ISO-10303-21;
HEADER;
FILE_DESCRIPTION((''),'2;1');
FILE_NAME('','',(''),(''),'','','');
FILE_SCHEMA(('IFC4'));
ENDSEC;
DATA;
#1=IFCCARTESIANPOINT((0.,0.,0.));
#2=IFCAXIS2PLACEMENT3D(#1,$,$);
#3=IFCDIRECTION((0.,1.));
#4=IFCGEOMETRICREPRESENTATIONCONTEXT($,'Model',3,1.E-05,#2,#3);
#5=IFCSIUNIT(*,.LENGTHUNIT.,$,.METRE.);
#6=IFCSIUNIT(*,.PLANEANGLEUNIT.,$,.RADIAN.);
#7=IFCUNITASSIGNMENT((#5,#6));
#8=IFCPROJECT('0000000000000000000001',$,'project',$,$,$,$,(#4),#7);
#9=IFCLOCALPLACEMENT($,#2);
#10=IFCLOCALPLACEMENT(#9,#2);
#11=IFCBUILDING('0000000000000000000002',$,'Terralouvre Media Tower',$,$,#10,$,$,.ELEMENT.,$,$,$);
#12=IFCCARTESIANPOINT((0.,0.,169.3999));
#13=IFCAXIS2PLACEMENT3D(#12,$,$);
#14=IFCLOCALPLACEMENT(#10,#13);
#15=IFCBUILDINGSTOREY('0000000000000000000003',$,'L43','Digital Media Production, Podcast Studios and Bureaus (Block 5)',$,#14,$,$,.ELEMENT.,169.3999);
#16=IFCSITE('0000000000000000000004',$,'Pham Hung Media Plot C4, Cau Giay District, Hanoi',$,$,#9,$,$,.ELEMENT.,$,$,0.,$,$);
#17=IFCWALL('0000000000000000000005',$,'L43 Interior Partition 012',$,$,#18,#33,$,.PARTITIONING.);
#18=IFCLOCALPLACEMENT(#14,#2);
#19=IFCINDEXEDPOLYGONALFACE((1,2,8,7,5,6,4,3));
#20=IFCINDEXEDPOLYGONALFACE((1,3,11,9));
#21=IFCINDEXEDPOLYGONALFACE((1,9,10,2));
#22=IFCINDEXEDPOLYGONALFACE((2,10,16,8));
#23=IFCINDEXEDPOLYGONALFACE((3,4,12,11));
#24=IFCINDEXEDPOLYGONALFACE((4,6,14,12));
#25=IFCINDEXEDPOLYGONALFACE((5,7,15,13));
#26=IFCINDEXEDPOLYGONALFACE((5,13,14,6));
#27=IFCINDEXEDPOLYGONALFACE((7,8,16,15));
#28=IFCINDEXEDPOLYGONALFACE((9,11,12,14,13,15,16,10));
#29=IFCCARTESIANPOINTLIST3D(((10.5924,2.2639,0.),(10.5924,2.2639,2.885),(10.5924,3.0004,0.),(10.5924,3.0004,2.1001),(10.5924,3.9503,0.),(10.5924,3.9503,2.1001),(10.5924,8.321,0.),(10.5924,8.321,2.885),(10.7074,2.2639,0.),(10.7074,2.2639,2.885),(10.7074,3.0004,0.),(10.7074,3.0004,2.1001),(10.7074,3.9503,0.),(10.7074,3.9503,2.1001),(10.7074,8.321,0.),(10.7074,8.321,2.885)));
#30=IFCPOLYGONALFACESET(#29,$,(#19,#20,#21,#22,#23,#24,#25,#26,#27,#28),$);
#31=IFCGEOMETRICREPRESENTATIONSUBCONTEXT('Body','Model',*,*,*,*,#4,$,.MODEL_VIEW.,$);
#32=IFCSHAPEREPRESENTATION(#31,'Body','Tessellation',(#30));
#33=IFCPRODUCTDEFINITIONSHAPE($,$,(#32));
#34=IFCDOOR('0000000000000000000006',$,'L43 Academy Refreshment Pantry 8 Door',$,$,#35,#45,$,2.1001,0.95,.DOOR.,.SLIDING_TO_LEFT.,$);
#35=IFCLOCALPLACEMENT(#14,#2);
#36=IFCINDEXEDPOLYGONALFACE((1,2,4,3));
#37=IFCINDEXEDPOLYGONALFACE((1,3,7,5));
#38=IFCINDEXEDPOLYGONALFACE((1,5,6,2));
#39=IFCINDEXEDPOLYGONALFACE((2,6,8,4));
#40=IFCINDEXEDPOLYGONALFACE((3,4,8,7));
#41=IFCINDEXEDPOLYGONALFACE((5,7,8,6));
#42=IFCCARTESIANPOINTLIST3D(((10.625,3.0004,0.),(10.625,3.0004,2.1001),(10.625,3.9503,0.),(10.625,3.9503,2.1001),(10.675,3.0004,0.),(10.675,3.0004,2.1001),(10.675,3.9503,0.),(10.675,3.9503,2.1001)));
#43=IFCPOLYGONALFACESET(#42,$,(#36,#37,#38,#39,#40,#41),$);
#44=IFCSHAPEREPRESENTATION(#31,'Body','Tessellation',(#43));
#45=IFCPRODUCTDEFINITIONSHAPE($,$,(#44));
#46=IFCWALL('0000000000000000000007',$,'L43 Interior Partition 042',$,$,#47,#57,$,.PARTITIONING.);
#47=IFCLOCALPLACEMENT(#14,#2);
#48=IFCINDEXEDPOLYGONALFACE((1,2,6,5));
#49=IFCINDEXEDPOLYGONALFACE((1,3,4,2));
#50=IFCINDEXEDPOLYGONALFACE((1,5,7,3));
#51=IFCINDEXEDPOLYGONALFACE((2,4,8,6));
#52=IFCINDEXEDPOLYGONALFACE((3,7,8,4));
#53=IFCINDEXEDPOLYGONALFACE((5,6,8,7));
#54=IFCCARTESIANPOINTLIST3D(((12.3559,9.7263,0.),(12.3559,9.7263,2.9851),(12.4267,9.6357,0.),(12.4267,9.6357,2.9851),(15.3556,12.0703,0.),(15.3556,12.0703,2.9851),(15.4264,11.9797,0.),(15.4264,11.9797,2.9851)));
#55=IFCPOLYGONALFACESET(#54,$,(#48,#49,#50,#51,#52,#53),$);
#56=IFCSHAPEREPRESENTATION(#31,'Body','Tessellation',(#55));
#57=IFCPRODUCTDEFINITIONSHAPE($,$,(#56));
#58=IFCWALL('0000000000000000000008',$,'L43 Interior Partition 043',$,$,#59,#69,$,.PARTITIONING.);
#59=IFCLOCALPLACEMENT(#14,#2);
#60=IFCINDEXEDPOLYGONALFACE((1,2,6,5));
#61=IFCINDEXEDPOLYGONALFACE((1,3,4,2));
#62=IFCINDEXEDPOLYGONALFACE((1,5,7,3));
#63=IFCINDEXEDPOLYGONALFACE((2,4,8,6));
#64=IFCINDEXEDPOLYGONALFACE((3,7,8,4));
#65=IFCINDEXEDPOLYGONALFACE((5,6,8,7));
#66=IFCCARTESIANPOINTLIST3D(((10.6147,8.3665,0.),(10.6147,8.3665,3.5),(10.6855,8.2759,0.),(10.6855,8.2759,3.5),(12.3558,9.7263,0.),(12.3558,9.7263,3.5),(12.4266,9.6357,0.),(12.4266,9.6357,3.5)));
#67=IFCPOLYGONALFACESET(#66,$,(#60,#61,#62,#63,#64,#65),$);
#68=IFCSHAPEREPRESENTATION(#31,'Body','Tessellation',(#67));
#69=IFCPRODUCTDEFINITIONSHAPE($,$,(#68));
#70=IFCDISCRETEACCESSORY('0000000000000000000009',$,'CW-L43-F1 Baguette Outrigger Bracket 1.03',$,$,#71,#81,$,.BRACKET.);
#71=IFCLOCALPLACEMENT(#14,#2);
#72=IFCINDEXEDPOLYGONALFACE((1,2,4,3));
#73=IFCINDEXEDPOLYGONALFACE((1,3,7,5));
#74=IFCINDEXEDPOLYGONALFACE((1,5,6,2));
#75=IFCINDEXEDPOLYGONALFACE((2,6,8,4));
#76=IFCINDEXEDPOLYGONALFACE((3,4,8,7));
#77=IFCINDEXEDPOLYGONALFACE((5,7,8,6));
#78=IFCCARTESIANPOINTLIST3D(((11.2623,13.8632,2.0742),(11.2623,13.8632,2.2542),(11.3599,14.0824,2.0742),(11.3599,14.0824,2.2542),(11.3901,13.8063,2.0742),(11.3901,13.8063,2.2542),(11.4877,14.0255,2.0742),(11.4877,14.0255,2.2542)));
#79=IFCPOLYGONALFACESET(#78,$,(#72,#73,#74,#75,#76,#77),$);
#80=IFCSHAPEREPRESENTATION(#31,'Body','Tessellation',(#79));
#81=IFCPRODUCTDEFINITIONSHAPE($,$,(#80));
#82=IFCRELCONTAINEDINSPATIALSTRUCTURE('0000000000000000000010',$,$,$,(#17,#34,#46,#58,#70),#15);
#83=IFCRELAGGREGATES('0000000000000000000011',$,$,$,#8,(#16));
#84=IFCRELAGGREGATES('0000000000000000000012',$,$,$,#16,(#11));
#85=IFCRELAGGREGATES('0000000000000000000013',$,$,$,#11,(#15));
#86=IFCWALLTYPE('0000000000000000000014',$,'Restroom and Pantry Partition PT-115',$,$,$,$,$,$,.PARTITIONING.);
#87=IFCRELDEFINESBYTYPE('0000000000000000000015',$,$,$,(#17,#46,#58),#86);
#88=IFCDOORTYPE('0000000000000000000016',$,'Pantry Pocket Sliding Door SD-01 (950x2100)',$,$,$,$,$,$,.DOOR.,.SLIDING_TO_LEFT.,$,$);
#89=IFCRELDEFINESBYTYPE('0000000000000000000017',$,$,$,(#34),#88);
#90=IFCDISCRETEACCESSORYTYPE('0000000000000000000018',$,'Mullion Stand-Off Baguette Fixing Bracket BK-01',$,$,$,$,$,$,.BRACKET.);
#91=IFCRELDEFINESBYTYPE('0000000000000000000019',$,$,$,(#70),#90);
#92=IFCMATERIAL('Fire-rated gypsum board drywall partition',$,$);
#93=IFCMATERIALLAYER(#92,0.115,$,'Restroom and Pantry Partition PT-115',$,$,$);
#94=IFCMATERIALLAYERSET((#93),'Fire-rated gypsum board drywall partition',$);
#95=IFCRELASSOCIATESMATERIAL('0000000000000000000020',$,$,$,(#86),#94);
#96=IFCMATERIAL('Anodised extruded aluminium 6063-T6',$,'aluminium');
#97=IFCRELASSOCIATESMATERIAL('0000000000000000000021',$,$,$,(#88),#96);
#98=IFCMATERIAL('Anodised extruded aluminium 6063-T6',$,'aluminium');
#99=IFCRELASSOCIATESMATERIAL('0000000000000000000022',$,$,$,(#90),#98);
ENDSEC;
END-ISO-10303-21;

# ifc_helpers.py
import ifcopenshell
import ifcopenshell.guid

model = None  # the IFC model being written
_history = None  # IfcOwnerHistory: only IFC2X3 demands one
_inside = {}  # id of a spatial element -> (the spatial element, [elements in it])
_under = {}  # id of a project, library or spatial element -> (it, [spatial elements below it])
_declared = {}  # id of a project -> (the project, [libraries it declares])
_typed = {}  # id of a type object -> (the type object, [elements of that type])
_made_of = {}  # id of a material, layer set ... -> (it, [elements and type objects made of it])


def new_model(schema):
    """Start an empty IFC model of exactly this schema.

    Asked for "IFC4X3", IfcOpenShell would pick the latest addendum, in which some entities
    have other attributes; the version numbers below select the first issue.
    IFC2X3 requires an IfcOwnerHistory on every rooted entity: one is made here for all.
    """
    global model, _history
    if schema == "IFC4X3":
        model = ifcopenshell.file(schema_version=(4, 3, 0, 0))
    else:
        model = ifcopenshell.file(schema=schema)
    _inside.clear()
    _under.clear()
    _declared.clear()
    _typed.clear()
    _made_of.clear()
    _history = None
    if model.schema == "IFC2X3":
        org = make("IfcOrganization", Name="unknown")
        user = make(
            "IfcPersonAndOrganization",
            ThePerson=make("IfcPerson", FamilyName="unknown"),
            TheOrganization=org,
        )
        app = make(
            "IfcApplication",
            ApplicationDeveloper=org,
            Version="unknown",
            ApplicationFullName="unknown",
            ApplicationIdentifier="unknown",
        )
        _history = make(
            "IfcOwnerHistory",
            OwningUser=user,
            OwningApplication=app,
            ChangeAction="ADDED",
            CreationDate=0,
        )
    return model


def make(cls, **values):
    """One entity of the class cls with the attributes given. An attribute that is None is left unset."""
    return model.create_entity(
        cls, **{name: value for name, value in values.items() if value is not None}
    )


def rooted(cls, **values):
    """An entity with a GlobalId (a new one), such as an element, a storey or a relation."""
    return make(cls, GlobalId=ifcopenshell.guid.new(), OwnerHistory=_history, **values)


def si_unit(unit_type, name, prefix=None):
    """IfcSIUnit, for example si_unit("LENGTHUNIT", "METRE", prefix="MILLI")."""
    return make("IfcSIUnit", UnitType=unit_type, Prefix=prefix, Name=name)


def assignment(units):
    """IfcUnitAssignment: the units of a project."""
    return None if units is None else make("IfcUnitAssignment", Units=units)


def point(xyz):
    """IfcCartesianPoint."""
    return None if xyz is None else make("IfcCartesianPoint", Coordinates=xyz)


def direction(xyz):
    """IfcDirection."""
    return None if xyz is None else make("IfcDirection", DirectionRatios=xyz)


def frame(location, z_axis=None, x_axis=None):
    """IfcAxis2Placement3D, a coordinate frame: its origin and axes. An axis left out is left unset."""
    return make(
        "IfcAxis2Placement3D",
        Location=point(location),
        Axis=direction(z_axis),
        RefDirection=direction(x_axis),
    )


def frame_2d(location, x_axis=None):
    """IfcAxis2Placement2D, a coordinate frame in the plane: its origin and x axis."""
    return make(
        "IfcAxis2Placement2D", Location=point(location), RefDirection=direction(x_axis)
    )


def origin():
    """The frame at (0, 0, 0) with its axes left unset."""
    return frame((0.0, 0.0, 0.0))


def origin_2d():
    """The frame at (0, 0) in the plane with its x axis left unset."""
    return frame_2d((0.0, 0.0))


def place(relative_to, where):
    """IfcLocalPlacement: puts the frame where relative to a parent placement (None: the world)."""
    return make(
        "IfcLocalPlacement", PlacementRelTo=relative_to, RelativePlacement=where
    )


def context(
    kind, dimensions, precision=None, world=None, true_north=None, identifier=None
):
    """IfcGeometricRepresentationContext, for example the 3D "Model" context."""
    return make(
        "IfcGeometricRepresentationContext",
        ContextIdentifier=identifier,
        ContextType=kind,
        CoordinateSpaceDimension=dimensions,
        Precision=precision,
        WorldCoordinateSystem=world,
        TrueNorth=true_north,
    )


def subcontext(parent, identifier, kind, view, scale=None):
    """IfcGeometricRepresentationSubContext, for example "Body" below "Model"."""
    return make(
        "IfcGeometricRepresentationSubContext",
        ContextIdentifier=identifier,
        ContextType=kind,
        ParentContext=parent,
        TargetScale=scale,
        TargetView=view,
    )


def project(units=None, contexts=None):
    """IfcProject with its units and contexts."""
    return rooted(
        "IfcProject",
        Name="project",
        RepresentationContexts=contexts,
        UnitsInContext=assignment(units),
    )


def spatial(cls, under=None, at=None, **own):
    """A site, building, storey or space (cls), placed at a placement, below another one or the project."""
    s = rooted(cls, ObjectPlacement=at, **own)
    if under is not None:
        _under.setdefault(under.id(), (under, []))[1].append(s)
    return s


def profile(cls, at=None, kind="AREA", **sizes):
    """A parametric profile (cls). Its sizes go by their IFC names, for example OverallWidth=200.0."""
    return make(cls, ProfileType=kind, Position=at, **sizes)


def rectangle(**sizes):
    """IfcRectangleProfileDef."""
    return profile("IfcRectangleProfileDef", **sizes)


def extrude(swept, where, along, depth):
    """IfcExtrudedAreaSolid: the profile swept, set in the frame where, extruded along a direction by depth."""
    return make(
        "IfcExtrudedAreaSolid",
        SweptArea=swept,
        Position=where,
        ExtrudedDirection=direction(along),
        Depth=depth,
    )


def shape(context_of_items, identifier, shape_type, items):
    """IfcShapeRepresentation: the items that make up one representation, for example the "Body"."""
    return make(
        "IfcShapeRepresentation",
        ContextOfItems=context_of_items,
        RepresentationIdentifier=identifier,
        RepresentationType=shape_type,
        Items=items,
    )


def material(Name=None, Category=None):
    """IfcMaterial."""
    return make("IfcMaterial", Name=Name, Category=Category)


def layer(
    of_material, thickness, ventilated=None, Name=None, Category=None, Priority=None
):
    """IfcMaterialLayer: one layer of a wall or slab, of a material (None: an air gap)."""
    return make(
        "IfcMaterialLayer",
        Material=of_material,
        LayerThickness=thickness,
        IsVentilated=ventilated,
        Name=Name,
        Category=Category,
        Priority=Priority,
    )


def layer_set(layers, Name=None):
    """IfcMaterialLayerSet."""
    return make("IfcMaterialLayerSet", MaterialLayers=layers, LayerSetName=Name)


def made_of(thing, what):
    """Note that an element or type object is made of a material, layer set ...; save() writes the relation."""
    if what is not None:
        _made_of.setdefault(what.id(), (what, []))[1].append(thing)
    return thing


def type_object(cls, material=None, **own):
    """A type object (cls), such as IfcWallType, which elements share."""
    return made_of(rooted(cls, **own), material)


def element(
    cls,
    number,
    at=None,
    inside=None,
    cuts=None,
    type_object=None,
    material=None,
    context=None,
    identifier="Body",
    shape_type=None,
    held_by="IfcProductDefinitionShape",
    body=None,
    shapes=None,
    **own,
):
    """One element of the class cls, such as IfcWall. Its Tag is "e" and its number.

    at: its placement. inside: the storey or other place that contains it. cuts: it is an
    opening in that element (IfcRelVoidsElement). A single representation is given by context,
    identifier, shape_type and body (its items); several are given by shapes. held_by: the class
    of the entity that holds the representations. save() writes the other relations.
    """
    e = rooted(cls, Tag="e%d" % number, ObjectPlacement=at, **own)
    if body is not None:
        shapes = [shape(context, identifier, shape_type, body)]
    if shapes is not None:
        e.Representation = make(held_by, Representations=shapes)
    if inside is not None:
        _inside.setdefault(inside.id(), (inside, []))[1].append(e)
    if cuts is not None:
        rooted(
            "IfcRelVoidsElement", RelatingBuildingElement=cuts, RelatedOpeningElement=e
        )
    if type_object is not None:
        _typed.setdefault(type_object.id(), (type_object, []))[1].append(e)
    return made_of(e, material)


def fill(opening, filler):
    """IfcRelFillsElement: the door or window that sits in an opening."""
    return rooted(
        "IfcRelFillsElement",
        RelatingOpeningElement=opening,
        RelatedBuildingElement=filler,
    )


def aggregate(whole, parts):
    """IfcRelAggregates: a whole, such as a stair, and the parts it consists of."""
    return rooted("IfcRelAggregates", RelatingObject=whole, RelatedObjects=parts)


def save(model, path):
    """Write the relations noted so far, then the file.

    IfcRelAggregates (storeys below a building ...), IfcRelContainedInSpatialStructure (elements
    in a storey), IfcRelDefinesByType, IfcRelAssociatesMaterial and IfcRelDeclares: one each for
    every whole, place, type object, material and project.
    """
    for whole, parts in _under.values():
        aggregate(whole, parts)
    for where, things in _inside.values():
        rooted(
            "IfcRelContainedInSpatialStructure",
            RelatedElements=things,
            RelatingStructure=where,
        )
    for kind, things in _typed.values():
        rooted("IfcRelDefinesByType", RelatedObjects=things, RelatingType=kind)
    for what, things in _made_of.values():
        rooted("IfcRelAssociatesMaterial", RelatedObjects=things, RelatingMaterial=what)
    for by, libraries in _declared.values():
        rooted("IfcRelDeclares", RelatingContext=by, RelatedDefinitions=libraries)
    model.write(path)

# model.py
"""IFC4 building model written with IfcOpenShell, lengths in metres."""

from ifc_helpers import new_model, si_unit, direction, frame, frame_2d, origin, origin_2d, place, context, subcontext, project, spatial, rectangle, extrude, material, layer, layer_set, type_object, element, fill, save


model = new_model("IFC4")

# Units and contexts
model_context = context("Model", 3, precision=1e-05, world=origin(), true_north=direction((0.0, 1.0)))
body_context = subcontext(model_context, "Body", "Model", "MODEL_VIEW")
ifc_project = project(units=[si_unit("LENGTHUNIT", "METRE"), si_unit("PLANEANGLEUNIT", "RADIAN")], contexts=[model_context])

# Site, building, storey
site_placement = place(None, origin())
site = spatial("IfcSite", under=ifc_project, at=site_placement, Name="Pham Hung Media Plot C4, Cau Giay District, Hanoi", CompositionType="ELEMENT", RefElevation=0.0)
building_placement = place(site_placement, origin())
building = spatial("IfcBuilding", under=site, at=building_placement, Name="Terralouvre Media Tower", CompositionType="ELEMENT")
storey_placement = place(building_placement, frame((0.0, 0.0, 169.3999)))
storey = spatial("IfcBuildingStorey", under=building, at=storey_placement, Name="L43", Description="Digital Media Production, Podcast Studios and Bureaus (Block 5)", CompositionType="ELEMENT", Elevation=169.3999)

# Wall, opening, door
ifc_material_1 = material(Name="Fire-rated gypsum board drywall partition")
ifc_layer_1 = layer(ifc_material_1, 0.115, Name="Restroom and Pantry Partition PT-115")
ifc_layer_set_1 = layer_set([ifc_layer_1], Name="Fire-rated gypsum board drywall partition")
wall_type_1 = type_object("IfcWallType", Name="Restroom and Pantry Partition PT-115", PredefinedType="PARTITIONING", material=ifc_layer_set_1)
wall_1_placement = place(storey_placement, frame((10.6499, 2.2639, 0.0), z_axis=(0.0, 0.0, 1.0), x_axis=(0.0, 1.0, 0.0)))
wall_1 = element("IfcWall", 1, at=wall_1_placement, inside=storey, type_object=wall_type_1, Name="L43 Interior Partition 012", PredefinedType="PARTITIONING", context=body_context, shape_type="SweptSolid", body=[
    extrude(rectangle(XDim=6.0571, YDim=0.115, at=frame_2d((3.0286, 0.0))), origin(), (0.0, 0.0, 1.0), 2.885),
])
opening_1_placement = place(wall_1_placement, frame((0.7363, 0.0, 0.0)))
opening_1 = element("IfcOpeningElement", 2, at=opening_1_placement, cuts=wall_1, PredefinedType="OPENING", context=body_context, shape_type="SweptSolid", body=[
    extrude(rectangle(XDim=0.95, YDim=2.1001, at=frame_2d((0.4751, 1.05))), frame((0.0, 0.0674, 0.0), z_axis=(0.0, -1.0, 0.0), x_axis=(1.0, 0.0, 0.0)), (0.0, 0.0, 1.0), 0.135),
])
ifc_material_2 = material(Name="Anodised extruded aluminium 6063-T6", Category="aluminium")
door_type_1 = type_object("IfcDoorType", Name="Pantry Pocket Sliding Door SD-01 (950x2100)", OperationType="SLIDING_TO_LEFT", PredefinedType="DOOR", material=ifc_material_2)
door_1_placement = place(opening_1_placement, origin())
door_1 = element("IfcDoor", 3, at=door_1_placement, inside=storey, type_object=door_type_1, Name="L43 Academy Refreshment Pantry 8 Door", OperationType="SLIDING_TO_LEFT", OverallHeight=2.1001, OverallWidth=0.95, PredefinedType="DOOR", context=body_context, shape_type="SweptSolid", body=[
    extrude(rectangle(XDim=0.95, YDim=2.1001, at=frame_2d((0.4751, 1.05))), frame((0.0, 0.0249, 0.0), z_axis=(0.0, -1.0, 0.0), x_axis=(1.0, 0.0, 0.0)), (0.0, 0.0, 1.0), 0.05),
])
fill(opening_1, door_1)

# Walls
wall_2_placement = place(storey_placement, frame((15.3909, 12.0249, 0.0), z_axis=(0.0, 0.0, 1.0), x_axis=(-0.787969, -0.615715, 0.0)))
element("IfcWall", 4, at=wall_2_placement, inside=storey, type_object=wall_type_1, Name="L43 Interior Partition 042", PredefinedType="PARTITIONING", context=body_context, shape_type="SweptSolid", body=[
    extrude(rectangle(XDim=3.8069, YDim=0.115, at=frame_2d((1.9033, 0.0))), origin(), (0.0, 0.0, 1.0), 2.9851),
])
wall_3_placement = place(storey_placement, frame((12.3911, 9.6809, 0.0), z_axis=(0.0, 0.0, 1.0), x_axis=(-0.788125, -0.615515, 0.0)))
element("IfcWall", 5, at=wall_3_placement, inside=storey, type_object=wall_type_1, Name="L43 Interior Partition 043", PredefinedType="PARTITIONING", context=body_context, shape_type="SweptSolid", body=[
    extrude(rectangle(XDim=2.2092, YDim=0.115, at=frame_2d((1.1045, 0.0))), origin(), (0.0, 0.0, 1.0), 3.5),
])

# Discrete accessory
ifc_material_3 = material(Name="Anodised extruded aluminium 6063-T6", Category="aluminium")
discrete_accessory_type = type_object("IfcDiscreteAccessoryType", Name="Mullion Stand-Off Baguette Fixing Bracket BK-01", PredefinedType="BRACKET", material=ifc_material_3)
discrete_accessory_placement = place(storey_placement, frame((11.375, 13.9443, 2.0742), z_axis=(0.0, 0.0, 1.0), x_axis=(-0.913545, 0.406737, 0.0)))
element("IfcDiscreteAccessory", 6, at=discrete_accessory_placement, inside=storey, type_object=discrete_accessory_type, Name="CW-L43-F1 Baguette Outrigger Bracket 1.03", PredefinedType="BRACKET", context=body_context, shape_type="SweptSolid", body=[
    extrude(rectangle(XDim=0.1399, YDim=0.24, at=origin_2d()), origin(), (0.0, 0.0, 1.0), 0.1799),
])

save(model, "model.ifc")
